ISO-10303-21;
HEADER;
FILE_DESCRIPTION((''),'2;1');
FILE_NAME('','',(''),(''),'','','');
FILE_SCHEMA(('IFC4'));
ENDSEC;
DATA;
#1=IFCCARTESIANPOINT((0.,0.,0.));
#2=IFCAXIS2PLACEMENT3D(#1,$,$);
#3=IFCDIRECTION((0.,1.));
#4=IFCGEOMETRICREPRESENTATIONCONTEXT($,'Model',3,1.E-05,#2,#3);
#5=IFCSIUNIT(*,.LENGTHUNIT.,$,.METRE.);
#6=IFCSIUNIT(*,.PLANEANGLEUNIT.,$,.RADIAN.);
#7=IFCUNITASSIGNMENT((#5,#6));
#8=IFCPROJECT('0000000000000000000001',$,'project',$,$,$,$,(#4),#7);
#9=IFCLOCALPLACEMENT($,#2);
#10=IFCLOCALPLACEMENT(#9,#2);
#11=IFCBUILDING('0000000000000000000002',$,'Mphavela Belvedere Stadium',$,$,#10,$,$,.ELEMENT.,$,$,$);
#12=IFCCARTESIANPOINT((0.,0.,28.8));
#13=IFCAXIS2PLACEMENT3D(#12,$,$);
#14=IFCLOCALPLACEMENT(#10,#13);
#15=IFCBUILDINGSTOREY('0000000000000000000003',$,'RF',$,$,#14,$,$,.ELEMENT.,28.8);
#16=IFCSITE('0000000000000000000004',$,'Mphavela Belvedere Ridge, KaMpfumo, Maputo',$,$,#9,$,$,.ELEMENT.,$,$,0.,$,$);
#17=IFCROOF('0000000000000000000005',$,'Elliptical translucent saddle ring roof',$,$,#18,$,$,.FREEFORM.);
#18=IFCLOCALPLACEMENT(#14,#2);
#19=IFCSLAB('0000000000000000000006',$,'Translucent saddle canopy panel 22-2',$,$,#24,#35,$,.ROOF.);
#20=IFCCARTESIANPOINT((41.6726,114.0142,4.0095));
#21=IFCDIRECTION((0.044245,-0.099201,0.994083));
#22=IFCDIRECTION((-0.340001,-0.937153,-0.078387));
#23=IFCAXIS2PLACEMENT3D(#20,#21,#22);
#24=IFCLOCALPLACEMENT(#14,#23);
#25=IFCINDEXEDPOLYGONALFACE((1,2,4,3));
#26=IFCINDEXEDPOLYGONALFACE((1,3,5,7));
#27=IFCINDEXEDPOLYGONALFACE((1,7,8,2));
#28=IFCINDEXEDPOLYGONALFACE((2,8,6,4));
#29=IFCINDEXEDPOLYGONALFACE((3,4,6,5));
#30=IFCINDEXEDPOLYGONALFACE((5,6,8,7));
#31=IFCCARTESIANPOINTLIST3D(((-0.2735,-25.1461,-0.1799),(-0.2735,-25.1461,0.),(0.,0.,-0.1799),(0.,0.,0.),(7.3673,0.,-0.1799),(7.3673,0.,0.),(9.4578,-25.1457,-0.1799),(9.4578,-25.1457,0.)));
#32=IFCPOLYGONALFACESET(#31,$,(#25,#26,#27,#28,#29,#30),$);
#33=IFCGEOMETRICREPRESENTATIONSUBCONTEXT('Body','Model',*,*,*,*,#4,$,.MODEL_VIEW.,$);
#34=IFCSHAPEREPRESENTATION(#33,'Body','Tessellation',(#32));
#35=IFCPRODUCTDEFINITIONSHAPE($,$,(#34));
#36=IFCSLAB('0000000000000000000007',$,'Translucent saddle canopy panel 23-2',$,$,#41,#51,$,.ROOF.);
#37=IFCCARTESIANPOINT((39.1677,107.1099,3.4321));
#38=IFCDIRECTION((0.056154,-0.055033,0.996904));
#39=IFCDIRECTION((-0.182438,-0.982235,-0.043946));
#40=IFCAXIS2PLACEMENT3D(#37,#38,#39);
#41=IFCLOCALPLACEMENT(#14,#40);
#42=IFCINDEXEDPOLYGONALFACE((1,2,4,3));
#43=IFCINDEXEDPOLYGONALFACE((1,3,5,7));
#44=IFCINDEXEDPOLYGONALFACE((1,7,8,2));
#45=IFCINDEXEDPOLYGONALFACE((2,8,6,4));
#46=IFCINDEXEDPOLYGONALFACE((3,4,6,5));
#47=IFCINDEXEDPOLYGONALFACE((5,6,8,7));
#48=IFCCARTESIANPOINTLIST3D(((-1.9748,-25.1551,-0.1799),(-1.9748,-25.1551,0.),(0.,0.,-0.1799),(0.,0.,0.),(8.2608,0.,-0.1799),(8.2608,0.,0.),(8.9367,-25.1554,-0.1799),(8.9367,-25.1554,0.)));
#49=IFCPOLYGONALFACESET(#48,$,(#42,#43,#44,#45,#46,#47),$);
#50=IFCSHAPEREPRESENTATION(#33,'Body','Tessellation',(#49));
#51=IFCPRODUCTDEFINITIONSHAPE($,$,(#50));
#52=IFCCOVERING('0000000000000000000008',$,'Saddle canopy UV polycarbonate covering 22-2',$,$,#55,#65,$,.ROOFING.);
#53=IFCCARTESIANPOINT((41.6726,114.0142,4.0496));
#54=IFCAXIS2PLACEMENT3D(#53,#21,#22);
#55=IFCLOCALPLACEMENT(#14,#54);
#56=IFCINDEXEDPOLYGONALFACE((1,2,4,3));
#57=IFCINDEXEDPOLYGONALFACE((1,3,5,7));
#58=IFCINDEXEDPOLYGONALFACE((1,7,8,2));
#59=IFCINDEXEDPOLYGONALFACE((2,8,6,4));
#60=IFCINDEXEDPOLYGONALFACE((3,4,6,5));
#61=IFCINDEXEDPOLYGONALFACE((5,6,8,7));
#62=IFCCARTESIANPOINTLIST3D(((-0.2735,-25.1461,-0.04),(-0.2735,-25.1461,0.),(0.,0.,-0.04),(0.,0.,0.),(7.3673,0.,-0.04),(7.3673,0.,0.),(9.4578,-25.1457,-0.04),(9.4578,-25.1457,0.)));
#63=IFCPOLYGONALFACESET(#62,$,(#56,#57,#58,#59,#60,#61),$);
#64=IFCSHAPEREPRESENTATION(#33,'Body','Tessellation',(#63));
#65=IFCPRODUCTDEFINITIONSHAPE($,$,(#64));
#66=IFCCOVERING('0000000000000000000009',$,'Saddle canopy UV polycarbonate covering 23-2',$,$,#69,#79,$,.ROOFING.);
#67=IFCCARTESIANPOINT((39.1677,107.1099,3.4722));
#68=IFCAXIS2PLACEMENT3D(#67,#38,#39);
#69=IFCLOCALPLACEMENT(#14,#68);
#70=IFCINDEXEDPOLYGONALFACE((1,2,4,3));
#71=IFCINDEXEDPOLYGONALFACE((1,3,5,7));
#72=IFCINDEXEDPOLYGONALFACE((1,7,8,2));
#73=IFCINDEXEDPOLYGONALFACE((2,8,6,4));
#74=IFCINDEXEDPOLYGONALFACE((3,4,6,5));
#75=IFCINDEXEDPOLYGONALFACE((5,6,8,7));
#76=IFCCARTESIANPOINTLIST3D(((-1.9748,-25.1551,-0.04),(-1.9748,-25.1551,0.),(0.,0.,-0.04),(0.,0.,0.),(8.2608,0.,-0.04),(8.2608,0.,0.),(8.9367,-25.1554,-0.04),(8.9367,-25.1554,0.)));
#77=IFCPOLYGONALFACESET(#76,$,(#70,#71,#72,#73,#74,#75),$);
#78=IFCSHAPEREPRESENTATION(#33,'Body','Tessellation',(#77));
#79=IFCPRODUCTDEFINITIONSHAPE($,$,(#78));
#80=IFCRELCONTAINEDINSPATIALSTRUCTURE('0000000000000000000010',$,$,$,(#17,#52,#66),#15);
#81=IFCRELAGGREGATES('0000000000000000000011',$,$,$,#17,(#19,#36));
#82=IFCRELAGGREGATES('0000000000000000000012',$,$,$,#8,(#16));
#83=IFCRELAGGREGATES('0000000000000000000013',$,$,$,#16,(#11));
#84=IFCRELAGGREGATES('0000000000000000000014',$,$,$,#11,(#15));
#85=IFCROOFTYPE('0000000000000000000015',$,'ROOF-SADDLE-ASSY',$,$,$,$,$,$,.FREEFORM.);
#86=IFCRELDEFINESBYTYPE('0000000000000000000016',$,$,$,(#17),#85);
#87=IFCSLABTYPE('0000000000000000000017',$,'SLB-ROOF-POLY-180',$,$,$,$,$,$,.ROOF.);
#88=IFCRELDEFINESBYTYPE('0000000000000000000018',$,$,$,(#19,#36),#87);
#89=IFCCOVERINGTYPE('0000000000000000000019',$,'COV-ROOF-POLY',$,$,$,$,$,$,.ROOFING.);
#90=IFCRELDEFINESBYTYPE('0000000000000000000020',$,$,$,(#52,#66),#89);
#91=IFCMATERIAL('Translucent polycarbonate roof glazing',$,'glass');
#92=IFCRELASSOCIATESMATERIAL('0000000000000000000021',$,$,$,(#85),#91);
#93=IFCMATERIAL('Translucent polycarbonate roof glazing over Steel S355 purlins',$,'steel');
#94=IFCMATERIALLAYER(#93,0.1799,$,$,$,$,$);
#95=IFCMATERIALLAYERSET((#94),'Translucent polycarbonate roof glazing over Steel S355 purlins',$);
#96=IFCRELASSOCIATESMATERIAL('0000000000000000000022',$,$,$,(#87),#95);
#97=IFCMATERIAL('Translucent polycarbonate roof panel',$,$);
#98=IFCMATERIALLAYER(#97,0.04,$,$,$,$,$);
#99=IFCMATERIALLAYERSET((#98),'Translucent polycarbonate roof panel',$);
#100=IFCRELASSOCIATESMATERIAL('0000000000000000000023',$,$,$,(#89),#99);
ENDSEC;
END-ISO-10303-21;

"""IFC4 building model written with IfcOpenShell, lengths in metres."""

from ifc_helpers import new_model, si_unit, direction, frame, origin, place, context, subcontext, project, spatial, polyline, outline, extrude, material, layer, layer_set, type_object, element, aggregate, save


model = new_model("IFC4")

# Units and contexts
model_context = context("Model", 3, precision=1e-05, world=origin(), true_north=direction((0.0, 1.0)))
body_context = subcontext(model_context, "Body", "Model", "MODEL_VIEW")
ifc_project = project(units=[si_unit("LENGTHUNIT", "METRE"), si_unit("PLANEANGLEUNIT", "RADIAN")], contexts=[model_context])

# Site, building, storey
site_placement = place(None, origin())
site = spatial("IfcSite", under=ifc_project, at=site_placement, Name="Mphavela Belvedere Ridge, KaMpfumo, Maputo", CompositionType="ELEMENT", RefElevation=0.0)
building_placement = place(site_placement, origin())
building = spatial("IfcBuilding", under=site, at=building_placement, Name="Mphavela Belvedere Stadium", CompositionType="ELEMENT")
storey_placement = place(building_placement, frame((0.0, 0.0, 28.8)))
storey = spatial("IfcBuildingStorey", under=building, at=storey_placement, Name="RF", CompositionType="ELEMENT", Elevation=28.8)

# Roof, slabs
ifc_material_1 = material(Name="Translucent polycarbonate roof glazing", Category="glass")
roof_type = type_object("IfcRoofType", Name="ROOF-SADDLE-ASSY", PredefinedType="FREEFORM", material=ifc_material_1)
roof_placement = place(storey_placement, origin())
roof = element("IfcRoof", 1, at=roof_placement, inside=storey, type_object=roof_type, Name="Elliptical translucent saddle ring roof", PredefinedType="FREEFORM")
ifc_material_2 = material(Name="Translucent polycarbonate roof glazing over Steel S355 purlins", Category="steel")
ifc_layer_1 = layer(ifc_material_2, 0.1799)
ifc_layer_set_1 = layer_set([ifc_layer_1], Name="Translucent polycarbonate roof glazing over Steel S355 purlins")
slab_type = type_object("IfcSlabType", Name="SLB-ROOF-POLY-180", PredefinedType="ROOF", material=ifc_layer_set_1)
slab_1_placement = place(storey_placement, frame((41.6726, 114.0142, 4.0095), z_axis=(0.044245, -0.099201, 0.994083), x_axis=(-0.340001, -0.937153, -0.078387)))
slab_1 = element("IfcSlab", 2, at=slab_1_placement, type_object=slab_type, Name="Translucent saddle canopy panel 22-2", PredefinedType="ROOF", context=body_context, shape_type="SweptSolid", body=[
    extrude(outline(polyline([(0.0, 0.0), (7.3673, 0.0), (9.4578, -25.1457), (-0.2735, -25.1461), (0.0, 0.0)])), origin(), (0.0, 0.0, -1.0), 0.1799),
])
slab_2_placement = place(storey_placement, frame((39.1677, 107.1099, 3.4321), z_axis=(0.056154, -0.055033, 0.996904), x_axis=(-0.182438, -0.982235, -0.043946)))
slab_2 = element("IfcSlab", 3, at=slab_2_placement, type_object=slab_type, Name="Translucent saddle canopy panel 23-2", PredefinedType="ROOF", context=body_context, shape_type="SweptSolid", body=[
    extrude(outline(polyline([(0.0, 0.0), (8.2608, 0.0), (8.9367, -25.1554), (-1.9748, -25.1551), (0.0, 0.0)])), origin(), (0.0, 0.0, -1.0), 0.1799),
])
aggregate(roof, [slab_1, slab_2])

# Coverings
ifc_material_3 = material(Name="Translucent polycarbonate roof panel")
ifc_layer_2 = layer(ifc_material_3, 0.04)
ifc_layer_set_2 = layer_set([ifc_layer_2], Name="Translucent polycarbonate roof panel")
covering_type = type_object("IfcCoveringType", Name="COV-ROOF-POLY", PredefinedType="ROOFING", material=ifc_layer_set_2)
covering_1_placement = place(storey_placement, frame((41.6726, 114.0142, 4.0496), z_axis=(0.044245, -0.099201, 0.994083), x_axis=(-0.340001, -0.937153, -0.078387)))
element("IfcCovering", 4, at=covering_1_placement, inside=storey, type_object=covering_type, Name="Saddle canopy UV polycarbonate covering 22-2", PredefinedType="ROOFING", context=body_context, shape_type="SweptSolid", body=[
    extrude(outline(polyline([(0.0, 0.0), (7.3673, 0.0), (9.4578, -25.1457), (-0.2735, -25.1461), (0.0, 0.0)])), origin(), (0.0, 0.0, -1.0), 0.04),
])
covering_2_placement = place(storey_placement, frame((39.1677, 107.1099, 3.4722), z_axis=(0.056154, -0.055033, 0.996904), x_axis=(-0.182438, -0.982235, -0.043946)))
element("IfcCovering", 5, at=covering_2_placement, inside=storey, type_object=covering_type, Name="Saddle canopy UV polycarbonate covering 23-2", PredefinedType="ROOFING", context=body_context, shape_type="SweptSolid", body=[
    extrude(outline(polyline([(0.0, 0.0), (8.2608, 0.0), (8.9367, -25.1554), (-1.9748, -25.1551), (0.0, 0.0)])), origin(), (0.0, 0.0, -1.0), 0.04),
])

save(model, "model.ifc")
